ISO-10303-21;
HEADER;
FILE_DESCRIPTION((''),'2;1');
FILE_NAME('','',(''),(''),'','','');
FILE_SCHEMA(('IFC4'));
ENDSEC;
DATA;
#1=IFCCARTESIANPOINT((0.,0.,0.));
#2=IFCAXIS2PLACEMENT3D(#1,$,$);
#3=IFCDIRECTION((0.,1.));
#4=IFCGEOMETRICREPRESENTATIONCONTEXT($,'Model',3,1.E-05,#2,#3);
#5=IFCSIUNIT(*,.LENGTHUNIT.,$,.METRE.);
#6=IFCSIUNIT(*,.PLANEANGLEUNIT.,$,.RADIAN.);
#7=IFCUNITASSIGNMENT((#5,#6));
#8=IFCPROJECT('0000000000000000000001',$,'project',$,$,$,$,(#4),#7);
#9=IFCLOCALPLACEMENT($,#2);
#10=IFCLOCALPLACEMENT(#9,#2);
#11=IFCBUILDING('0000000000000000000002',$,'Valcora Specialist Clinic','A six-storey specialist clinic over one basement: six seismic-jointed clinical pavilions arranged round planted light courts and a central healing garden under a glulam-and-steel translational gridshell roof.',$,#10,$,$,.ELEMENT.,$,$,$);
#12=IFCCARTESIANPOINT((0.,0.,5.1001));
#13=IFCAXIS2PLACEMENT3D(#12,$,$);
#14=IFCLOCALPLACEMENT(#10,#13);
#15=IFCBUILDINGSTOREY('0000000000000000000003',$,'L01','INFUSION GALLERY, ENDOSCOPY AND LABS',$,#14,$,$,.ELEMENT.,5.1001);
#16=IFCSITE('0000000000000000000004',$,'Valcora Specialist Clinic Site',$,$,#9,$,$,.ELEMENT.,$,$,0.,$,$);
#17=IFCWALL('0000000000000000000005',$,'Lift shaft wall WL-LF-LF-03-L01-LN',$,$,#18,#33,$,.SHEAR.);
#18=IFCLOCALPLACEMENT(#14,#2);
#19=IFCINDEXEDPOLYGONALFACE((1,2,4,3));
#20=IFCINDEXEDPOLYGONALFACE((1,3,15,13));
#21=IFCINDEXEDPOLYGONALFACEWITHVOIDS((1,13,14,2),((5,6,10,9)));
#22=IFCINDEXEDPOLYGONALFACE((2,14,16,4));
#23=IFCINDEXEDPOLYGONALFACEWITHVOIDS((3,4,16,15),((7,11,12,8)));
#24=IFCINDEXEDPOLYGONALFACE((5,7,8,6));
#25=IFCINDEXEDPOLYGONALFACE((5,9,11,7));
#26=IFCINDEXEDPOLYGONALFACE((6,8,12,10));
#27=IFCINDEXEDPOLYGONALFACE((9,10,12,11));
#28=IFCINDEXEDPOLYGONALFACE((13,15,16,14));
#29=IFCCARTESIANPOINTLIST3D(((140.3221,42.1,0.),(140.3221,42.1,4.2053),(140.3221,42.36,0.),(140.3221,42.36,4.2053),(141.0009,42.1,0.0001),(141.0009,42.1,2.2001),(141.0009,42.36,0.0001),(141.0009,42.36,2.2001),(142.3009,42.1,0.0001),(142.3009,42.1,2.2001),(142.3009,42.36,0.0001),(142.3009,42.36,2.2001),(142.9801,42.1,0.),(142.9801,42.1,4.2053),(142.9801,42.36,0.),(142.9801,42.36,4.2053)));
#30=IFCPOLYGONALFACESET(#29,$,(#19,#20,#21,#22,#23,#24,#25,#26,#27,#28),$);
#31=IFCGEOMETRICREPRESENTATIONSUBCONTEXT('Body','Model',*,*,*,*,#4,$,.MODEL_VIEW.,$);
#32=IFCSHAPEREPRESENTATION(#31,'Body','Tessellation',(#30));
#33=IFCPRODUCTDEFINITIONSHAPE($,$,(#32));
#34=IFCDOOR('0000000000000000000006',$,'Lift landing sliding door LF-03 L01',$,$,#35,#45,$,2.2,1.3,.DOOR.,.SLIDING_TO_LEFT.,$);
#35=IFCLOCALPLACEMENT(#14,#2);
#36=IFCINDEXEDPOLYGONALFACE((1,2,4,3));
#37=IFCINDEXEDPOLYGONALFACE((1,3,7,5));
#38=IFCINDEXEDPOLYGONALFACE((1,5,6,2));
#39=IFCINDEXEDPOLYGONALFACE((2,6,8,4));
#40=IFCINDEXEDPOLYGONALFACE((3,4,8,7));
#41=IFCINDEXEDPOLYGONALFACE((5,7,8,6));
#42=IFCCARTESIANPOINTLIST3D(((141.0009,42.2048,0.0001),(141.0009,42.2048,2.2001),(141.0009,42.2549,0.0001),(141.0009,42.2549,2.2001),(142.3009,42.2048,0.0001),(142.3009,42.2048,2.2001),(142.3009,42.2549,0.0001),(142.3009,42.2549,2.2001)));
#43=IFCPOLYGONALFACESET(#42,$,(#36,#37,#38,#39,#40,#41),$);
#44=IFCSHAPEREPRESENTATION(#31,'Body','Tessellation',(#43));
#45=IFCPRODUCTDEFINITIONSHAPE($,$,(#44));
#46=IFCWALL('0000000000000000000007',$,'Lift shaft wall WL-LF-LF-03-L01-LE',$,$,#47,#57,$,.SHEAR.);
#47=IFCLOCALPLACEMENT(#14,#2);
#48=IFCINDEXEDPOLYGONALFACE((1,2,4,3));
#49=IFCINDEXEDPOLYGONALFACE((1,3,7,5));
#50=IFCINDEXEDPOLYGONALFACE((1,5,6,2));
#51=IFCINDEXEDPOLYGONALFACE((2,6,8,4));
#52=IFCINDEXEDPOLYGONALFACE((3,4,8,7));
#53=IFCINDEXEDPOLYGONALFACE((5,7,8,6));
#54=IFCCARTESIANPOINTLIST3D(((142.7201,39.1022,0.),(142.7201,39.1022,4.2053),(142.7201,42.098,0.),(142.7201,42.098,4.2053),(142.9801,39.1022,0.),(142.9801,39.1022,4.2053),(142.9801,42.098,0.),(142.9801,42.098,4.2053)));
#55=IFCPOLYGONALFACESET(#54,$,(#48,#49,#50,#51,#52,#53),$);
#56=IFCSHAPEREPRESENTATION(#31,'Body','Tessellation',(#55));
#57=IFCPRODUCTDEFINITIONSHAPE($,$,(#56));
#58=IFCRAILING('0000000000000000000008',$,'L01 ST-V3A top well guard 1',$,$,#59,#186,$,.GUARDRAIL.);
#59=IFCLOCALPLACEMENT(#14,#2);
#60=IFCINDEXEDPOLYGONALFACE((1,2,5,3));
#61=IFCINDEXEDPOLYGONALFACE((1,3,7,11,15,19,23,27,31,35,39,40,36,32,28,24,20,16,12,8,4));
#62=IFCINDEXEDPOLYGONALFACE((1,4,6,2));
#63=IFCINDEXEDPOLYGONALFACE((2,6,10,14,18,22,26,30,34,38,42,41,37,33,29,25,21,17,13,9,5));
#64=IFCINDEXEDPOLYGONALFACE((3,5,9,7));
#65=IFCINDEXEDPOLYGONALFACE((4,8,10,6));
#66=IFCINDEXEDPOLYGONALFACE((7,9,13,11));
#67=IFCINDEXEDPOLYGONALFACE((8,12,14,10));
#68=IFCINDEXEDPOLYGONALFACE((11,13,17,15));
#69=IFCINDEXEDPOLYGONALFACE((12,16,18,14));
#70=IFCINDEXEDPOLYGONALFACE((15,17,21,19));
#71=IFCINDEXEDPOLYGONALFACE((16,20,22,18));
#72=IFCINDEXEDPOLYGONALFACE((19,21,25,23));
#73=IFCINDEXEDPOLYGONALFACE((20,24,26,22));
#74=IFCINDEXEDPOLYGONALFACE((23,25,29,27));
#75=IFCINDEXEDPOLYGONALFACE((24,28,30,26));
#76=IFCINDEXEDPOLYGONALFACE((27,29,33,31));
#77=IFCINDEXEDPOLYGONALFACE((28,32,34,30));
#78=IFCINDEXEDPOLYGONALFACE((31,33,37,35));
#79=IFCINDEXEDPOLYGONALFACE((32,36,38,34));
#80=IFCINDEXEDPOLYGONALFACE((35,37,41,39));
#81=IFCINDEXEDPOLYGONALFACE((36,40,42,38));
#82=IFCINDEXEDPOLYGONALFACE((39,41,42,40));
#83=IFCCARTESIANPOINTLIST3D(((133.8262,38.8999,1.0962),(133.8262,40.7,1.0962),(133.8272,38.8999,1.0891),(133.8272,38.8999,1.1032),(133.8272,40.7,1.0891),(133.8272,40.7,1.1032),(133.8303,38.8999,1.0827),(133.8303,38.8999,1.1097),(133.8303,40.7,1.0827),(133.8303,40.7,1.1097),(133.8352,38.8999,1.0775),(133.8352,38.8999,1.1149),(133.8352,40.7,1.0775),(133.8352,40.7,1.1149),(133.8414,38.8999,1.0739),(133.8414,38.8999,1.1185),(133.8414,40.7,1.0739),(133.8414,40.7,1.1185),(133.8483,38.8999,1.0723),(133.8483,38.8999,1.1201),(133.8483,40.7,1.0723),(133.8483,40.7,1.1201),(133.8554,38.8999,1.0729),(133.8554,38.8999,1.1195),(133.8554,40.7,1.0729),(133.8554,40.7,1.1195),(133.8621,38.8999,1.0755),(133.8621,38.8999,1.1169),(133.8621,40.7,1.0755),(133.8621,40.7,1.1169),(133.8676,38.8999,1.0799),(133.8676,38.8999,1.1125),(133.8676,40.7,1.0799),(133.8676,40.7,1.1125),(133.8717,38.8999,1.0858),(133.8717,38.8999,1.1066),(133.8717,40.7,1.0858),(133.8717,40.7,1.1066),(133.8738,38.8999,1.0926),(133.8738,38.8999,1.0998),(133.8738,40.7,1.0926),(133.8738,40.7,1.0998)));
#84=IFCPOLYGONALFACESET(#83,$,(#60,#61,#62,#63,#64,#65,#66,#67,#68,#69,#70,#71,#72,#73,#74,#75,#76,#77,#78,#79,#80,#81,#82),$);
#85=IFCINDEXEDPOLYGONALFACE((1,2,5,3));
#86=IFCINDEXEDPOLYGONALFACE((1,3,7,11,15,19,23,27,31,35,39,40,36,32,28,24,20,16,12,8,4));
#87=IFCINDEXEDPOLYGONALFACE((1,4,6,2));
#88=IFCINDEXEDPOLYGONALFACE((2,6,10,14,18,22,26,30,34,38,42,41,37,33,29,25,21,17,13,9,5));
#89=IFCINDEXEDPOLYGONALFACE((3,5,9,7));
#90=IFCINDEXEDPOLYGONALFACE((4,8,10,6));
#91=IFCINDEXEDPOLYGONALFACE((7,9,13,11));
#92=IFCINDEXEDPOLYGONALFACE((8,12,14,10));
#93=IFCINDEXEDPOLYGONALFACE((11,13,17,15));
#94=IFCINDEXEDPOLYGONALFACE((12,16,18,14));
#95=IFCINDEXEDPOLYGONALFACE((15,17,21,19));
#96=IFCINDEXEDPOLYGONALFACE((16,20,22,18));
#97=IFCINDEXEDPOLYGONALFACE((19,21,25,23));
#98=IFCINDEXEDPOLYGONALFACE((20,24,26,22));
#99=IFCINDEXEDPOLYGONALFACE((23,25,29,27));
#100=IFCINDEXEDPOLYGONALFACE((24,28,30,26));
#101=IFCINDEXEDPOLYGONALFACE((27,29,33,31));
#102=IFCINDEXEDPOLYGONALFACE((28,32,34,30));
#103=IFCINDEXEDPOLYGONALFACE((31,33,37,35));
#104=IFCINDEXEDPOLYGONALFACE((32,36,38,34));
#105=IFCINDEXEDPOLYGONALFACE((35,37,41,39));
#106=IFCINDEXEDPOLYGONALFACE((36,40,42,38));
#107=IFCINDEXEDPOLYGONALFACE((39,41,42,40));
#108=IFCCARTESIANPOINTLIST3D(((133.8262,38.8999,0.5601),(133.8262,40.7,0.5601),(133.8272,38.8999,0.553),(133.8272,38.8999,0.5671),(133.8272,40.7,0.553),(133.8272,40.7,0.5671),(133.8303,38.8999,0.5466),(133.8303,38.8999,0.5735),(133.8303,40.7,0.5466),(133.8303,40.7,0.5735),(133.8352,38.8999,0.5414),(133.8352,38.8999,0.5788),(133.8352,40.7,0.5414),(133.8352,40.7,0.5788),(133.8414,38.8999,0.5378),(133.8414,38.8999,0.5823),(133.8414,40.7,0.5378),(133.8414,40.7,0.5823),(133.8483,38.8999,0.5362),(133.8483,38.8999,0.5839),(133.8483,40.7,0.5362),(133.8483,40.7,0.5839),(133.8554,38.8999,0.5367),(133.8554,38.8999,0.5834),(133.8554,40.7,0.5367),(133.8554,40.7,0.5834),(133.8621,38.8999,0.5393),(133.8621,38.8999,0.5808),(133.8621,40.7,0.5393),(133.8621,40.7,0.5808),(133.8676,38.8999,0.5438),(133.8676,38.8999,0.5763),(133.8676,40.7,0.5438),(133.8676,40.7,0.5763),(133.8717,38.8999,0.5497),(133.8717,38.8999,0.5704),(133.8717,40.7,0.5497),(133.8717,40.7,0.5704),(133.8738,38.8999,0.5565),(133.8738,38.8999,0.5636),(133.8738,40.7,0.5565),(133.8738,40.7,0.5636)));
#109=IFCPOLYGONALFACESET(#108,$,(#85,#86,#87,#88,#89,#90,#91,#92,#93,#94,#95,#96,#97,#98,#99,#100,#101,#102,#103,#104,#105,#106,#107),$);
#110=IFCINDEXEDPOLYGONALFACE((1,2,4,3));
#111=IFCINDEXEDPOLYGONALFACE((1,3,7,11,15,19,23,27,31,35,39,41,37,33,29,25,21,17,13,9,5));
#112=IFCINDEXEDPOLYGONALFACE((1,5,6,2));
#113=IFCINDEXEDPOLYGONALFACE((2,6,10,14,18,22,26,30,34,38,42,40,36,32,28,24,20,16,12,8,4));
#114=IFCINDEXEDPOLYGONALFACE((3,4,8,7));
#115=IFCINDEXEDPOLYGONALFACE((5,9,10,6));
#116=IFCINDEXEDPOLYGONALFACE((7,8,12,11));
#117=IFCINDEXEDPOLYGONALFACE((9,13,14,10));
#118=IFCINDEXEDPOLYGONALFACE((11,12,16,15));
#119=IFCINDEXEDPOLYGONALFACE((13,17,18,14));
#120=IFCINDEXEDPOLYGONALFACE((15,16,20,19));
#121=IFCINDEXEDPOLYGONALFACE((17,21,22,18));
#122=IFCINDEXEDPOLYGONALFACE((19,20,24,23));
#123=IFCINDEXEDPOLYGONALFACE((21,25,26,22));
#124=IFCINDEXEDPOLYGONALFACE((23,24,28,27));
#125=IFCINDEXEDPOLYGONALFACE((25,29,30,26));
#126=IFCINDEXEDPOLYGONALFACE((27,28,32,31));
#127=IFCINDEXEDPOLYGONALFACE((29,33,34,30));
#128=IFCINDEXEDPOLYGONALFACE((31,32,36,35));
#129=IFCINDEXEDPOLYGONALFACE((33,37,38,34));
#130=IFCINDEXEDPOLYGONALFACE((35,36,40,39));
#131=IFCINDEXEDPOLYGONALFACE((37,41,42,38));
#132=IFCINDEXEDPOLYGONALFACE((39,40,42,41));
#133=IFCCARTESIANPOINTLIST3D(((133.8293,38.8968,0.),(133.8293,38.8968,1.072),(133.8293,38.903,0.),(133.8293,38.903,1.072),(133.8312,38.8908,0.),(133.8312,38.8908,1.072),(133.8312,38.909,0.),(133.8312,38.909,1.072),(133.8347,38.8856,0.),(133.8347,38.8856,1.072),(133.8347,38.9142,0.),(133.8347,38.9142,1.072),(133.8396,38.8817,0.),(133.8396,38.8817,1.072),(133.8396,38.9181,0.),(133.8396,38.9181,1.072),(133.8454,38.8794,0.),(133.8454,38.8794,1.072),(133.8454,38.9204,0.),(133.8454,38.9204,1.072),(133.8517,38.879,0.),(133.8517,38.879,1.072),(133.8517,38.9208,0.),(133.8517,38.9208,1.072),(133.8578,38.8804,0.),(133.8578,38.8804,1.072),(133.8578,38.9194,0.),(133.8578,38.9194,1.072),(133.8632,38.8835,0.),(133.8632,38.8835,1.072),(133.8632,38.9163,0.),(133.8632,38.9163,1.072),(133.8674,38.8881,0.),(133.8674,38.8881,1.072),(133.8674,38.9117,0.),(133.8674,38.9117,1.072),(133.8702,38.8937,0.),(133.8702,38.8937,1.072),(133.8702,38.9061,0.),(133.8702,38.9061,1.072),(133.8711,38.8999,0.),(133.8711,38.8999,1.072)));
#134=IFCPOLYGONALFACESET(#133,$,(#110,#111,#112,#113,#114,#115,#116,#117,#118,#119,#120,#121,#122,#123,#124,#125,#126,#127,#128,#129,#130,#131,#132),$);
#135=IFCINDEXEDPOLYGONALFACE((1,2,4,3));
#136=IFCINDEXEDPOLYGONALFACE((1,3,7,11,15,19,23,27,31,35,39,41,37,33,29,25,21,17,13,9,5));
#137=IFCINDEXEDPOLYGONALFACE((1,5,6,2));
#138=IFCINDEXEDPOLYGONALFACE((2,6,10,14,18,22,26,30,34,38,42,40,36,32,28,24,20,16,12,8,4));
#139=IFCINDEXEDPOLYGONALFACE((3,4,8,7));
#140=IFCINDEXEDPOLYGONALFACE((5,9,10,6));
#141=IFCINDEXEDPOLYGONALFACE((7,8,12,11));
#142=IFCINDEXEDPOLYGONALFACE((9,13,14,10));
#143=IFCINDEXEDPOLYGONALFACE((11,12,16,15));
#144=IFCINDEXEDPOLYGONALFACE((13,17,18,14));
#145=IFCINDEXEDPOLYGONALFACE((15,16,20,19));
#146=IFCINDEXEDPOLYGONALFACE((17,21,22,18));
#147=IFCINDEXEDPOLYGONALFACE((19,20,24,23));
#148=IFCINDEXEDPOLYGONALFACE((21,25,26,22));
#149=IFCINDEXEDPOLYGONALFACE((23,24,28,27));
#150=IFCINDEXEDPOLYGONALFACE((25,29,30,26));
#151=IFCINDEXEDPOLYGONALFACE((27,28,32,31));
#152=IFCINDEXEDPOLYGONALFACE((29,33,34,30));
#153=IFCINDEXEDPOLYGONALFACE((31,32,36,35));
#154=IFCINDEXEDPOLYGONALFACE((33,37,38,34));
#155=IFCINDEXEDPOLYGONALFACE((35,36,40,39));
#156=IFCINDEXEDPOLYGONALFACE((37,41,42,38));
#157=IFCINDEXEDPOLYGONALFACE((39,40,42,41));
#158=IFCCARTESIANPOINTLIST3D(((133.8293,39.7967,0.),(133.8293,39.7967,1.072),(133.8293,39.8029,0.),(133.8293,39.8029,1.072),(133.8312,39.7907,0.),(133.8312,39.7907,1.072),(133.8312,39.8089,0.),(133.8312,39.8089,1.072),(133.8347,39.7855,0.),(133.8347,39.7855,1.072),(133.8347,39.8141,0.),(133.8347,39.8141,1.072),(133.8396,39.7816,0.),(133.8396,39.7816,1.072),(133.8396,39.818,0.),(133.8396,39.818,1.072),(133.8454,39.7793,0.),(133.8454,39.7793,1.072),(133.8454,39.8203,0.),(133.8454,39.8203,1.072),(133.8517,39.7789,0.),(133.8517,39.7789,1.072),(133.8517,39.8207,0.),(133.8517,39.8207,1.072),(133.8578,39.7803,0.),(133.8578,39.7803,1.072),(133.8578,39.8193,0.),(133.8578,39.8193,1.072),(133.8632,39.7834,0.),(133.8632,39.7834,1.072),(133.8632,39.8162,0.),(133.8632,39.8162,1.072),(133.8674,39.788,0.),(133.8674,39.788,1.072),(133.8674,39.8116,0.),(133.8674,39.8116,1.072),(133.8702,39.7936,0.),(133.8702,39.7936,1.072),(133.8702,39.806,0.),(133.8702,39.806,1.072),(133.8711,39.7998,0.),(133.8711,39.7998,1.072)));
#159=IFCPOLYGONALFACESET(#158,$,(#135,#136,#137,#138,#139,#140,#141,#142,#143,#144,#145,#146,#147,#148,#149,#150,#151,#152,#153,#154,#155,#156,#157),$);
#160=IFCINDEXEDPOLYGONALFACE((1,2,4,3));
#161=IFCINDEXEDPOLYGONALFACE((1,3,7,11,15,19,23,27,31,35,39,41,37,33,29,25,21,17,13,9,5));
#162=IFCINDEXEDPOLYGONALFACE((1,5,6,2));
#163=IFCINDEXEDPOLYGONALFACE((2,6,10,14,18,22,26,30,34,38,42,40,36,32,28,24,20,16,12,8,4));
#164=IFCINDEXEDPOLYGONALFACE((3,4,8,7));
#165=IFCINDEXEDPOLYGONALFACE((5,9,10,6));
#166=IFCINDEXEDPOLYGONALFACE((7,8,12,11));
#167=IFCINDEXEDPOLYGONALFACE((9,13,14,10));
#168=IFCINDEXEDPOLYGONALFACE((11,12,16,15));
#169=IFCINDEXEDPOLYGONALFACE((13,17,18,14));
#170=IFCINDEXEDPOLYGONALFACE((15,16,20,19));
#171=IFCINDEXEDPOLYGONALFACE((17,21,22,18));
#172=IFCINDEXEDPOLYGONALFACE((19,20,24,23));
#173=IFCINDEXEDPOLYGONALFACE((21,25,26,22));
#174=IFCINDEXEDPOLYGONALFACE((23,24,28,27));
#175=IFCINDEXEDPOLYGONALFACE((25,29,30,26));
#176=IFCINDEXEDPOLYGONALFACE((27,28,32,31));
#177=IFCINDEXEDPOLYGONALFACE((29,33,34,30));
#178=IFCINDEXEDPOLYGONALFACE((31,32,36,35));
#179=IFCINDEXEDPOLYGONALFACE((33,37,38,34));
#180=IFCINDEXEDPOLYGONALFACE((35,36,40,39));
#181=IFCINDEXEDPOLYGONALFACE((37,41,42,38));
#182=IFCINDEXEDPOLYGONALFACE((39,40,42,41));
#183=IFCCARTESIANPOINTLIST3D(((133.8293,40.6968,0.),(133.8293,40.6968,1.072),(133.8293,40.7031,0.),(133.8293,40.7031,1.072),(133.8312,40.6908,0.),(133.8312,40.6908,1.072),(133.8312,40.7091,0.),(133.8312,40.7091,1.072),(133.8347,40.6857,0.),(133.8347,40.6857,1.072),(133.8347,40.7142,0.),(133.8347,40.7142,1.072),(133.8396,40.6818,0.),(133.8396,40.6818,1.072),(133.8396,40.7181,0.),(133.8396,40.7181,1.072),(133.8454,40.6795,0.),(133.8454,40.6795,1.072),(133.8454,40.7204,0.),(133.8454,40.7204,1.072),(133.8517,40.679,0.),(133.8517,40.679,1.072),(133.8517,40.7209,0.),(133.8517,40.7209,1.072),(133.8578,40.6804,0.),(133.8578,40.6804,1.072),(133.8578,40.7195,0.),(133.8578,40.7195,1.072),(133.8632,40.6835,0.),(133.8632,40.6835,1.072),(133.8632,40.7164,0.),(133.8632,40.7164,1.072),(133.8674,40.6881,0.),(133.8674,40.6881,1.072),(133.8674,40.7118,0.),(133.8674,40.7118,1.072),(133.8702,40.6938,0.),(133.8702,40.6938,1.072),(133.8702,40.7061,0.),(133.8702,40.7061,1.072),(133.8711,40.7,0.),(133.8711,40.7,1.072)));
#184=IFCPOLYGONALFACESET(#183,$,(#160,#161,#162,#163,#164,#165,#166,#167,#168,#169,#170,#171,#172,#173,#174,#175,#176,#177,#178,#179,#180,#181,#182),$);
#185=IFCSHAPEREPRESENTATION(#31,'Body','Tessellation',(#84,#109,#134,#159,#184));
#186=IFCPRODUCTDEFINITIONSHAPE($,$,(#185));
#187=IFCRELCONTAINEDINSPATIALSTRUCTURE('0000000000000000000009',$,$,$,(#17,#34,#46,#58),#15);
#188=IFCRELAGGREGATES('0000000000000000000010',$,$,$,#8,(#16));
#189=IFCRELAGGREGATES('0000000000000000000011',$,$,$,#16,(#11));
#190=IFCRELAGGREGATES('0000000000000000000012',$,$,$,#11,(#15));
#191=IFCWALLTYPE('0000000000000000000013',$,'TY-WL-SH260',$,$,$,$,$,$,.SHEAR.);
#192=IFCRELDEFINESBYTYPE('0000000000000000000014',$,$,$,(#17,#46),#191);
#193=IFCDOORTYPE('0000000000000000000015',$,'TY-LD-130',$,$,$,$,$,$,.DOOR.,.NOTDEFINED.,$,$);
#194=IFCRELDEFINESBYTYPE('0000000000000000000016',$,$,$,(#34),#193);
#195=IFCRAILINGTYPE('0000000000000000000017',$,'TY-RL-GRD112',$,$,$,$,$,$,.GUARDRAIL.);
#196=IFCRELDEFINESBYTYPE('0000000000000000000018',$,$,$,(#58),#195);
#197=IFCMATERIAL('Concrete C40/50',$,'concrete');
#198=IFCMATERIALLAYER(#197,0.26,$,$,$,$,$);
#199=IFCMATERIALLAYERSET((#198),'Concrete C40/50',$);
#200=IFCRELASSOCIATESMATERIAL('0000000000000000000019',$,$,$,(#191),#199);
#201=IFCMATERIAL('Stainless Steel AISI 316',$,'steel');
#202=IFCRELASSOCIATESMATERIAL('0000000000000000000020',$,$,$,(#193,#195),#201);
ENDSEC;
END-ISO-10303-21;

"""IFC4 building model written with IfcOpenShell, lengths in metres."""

from ifc_helpers import new_model, si_unit, direction, frame, frame_2d, origin, origin_2d, place, context, subcontext, project, spatial, rectangle, circle, extrude, material, layer, layer_set, type_object, element, fill, save


model = new_model("IFC4")

# Units and contexts
model_context = context("Model", 3, precision=1e-05, world=origin(), true_north=direction((0.0, 1.0)))
body_context = subcontext(model_context, "Body", "Model", "MODEL_VIEW")
ifc_project = project(units=[si_unit("LENGTHUNIT", "METRE"), si_unit("PLANEANGLEUNIT", "RADIAN")], contexts=[model_context])

# Site, building, storey
site_placement = place(None, origin())
site = spatial("IfcSite", under=ifc_project, at=site_placement, Name="Valcora Specialist Clinic Site", CompositionType="ELEMENT", RefElevation=0.0)
building_placement = place(site_placement, origin())
building = spatial("IfcBuilding", under=site, at=building_placement, Name="Valcora Specialist Clinic", Description="A six-storey specialist clinic over one basement: six seismic-jointed clinical pavilions arranged round planted light courts and a central healing garden under a glulam-and-steel translational gridshell roof.", CompositionType="ELEMENT")
storey_placement = place(building_placement, frame((0.0, 0.0, 5.1001)))
storey = spatial("IfcBuildingStorey", under=building, at=storey_placement, Name="L01", Description="INFUSION GALLERY, ENDOSCOPY AND LABS", CompositionType="ELEMENT", Elevation=5.1001)

# Shared definitions
ifc_material_1 = material(Name="Concrete C40/50", Category="concrete")

# Shared definitions
ifc_layer_1 = layer(ifc_material_1, 0.26)
ifc_layer_set_1 = layer_set([ifc_layer_1], Name="Concrete C40/50")
wall_type_1 = type_object("IfcWallType", Name="TY-WL-SH260", PredefinedType="SHEAR", material=ifc_layer_set_1)

# Wall, opening, door
wall_1_placement = place(storey_placement, frame((140.322, 42.23, 0.0), z_axis=(0.0, 0.0, 1.0), x_axis=(1.0, 0.0, 0.0)))
wall_1 = element("IfcWall", 1, at=wall_1_placement, inside=storey, type_object=wall_type_1, Name="Lift shaft wall WL-LF-LF-03-L01-LN", PredefinedType="SHEAR", context=body_context, shape_type="SweptSolid", body=[
    extrude(rectangle(XDim=2.658, YDim=0.26, at=frame_2d((1.3291, 0.0))), origin(), (0.0, 0.0, 1.0), 4.2053),
])
opening_1_placement = place(wall_1_placement, frame((0.679, 0.0, 0.0)))
opening_1 = element("IfcOpeningElement", 2, at=opening_1_placement, cuts=wall_1, PredefinedType="OPENING", context=body_context, shape_type="SweptSolid", body=[
    extrude(rectangle(XDim=1.3, YDim=2.2, at=frame_2d((0.6499, 1.1001))), frame((0.0, 0.1399, 0.0), z_axis=(0.0, -1.0, 0.0), x_axis=(1.0, 0.0, 0.0)), (0.0, 0.0, 1.0), 0.28),
])
ifc_material_2 = material(Name="Stainless Steel AISI 316", Category="steel")
door_type = type_object("IfcDoorType", Name="TY-LD-130", OperationType="NOTDEFINED", PredefinedType="DOOR", material=ifc_material_2)
door_placement = place(opening_1_placement, origin())
door = element("IfcDoor", 3, at=door_placement, inside=storey, type_object=door_type, Name="Lift landing sliding door LF-03 L01", OperationType="SLIDING_TO_LEFT", OverallHeight=2.2, OverallWidth=1.3, PredefinedType="DOOR", context=body_context, shape_type="SweptSolid", body=[
    extrude(rectangle(XDim=1.3, YDim=2.2, at=frame_2d((0.6499, 1.1001))), frame((0.0, 0.0249, 0.0), z_axis=(0.0, -1.0, 0.0), x_axis=(1.0, 0.0, 0.0)), (0.0, 0.0, 1.0), 0.05),
])
fill(opening_1, door)

# Wall
wall_2_placement = place(storey_placement, frame((142.8501, 39.1021, 0.0), z_axis=(0.0, 0.0, 1.0), x_axis=(0.0, 1.0, 0.0)))
element("IfcWall", 4, at=wall_2_placement, inside=storey, type_object=wall_type_1, Name="Lift shaft wall WL-LF-LF-03-L01-LE", PredefinedType="SHEAR", context=body_context, shape_type="SweptSolid", body=[
    extrude(rectangle(XDim=2.9958, YDim=0.26, at=frame_2d((1.498, 0.0))), origin(), (0.0, 0.0, 1.0), 4.2053),
])

# Railing
railing_type_1 = type_object("IfcRailingType", Name="TY-RL-GRD112", PredefinedType="GUARDRAIL", material=ifc_material_2)
railing_1_placement = place(storey_placement, frame((133.8501, 38.8999, 0.0)))
element("IfcRailing", 5, at=railing_1_placement, inside=storey, type_object=railing_type_1, Name="L01 ST-V3A top well guard 1", PredefinedType="GUARDRAIL", context=body_context, shape_type="SweptSolid", body=[
    extrude(circle(Radius=0.0239, at=origin_2d()), frame((0.0, 0.0, 1.0962), z_axis=(0.0, 1.0, 0.0), x_axis=(-1.0, 0.0, 0.0)), (0.0, 0.0, 1.0), 1.8),
    extrude(circle(Radius=0.0239, at=origin_2d()), frame((0.0, 0.0, 0.5601), z_axis=(0.0, 1.0, 0.0), x_axis=(-1.0, 0.0, 0.0)), (0.0, 0.0, 1.0), 1.8),
    extrude(circle(Radius=0.021, at=origin_2d()), origin(), (0.0, 0.0, 1.0), 1.072),
    extrude(circle(Radius=0.021, at=origin_2d()), frame((0.0, 0.8999, 0.0)), (0.0, 0.0, 1.0), 1.072),
    extrude(circle(Radius=0.021, at=origin_2d()), frame((0.0, 1.8, 0.0)), (0.0, 0.0, 1.0), 1.072),
])

save(model, "model.ifc")
